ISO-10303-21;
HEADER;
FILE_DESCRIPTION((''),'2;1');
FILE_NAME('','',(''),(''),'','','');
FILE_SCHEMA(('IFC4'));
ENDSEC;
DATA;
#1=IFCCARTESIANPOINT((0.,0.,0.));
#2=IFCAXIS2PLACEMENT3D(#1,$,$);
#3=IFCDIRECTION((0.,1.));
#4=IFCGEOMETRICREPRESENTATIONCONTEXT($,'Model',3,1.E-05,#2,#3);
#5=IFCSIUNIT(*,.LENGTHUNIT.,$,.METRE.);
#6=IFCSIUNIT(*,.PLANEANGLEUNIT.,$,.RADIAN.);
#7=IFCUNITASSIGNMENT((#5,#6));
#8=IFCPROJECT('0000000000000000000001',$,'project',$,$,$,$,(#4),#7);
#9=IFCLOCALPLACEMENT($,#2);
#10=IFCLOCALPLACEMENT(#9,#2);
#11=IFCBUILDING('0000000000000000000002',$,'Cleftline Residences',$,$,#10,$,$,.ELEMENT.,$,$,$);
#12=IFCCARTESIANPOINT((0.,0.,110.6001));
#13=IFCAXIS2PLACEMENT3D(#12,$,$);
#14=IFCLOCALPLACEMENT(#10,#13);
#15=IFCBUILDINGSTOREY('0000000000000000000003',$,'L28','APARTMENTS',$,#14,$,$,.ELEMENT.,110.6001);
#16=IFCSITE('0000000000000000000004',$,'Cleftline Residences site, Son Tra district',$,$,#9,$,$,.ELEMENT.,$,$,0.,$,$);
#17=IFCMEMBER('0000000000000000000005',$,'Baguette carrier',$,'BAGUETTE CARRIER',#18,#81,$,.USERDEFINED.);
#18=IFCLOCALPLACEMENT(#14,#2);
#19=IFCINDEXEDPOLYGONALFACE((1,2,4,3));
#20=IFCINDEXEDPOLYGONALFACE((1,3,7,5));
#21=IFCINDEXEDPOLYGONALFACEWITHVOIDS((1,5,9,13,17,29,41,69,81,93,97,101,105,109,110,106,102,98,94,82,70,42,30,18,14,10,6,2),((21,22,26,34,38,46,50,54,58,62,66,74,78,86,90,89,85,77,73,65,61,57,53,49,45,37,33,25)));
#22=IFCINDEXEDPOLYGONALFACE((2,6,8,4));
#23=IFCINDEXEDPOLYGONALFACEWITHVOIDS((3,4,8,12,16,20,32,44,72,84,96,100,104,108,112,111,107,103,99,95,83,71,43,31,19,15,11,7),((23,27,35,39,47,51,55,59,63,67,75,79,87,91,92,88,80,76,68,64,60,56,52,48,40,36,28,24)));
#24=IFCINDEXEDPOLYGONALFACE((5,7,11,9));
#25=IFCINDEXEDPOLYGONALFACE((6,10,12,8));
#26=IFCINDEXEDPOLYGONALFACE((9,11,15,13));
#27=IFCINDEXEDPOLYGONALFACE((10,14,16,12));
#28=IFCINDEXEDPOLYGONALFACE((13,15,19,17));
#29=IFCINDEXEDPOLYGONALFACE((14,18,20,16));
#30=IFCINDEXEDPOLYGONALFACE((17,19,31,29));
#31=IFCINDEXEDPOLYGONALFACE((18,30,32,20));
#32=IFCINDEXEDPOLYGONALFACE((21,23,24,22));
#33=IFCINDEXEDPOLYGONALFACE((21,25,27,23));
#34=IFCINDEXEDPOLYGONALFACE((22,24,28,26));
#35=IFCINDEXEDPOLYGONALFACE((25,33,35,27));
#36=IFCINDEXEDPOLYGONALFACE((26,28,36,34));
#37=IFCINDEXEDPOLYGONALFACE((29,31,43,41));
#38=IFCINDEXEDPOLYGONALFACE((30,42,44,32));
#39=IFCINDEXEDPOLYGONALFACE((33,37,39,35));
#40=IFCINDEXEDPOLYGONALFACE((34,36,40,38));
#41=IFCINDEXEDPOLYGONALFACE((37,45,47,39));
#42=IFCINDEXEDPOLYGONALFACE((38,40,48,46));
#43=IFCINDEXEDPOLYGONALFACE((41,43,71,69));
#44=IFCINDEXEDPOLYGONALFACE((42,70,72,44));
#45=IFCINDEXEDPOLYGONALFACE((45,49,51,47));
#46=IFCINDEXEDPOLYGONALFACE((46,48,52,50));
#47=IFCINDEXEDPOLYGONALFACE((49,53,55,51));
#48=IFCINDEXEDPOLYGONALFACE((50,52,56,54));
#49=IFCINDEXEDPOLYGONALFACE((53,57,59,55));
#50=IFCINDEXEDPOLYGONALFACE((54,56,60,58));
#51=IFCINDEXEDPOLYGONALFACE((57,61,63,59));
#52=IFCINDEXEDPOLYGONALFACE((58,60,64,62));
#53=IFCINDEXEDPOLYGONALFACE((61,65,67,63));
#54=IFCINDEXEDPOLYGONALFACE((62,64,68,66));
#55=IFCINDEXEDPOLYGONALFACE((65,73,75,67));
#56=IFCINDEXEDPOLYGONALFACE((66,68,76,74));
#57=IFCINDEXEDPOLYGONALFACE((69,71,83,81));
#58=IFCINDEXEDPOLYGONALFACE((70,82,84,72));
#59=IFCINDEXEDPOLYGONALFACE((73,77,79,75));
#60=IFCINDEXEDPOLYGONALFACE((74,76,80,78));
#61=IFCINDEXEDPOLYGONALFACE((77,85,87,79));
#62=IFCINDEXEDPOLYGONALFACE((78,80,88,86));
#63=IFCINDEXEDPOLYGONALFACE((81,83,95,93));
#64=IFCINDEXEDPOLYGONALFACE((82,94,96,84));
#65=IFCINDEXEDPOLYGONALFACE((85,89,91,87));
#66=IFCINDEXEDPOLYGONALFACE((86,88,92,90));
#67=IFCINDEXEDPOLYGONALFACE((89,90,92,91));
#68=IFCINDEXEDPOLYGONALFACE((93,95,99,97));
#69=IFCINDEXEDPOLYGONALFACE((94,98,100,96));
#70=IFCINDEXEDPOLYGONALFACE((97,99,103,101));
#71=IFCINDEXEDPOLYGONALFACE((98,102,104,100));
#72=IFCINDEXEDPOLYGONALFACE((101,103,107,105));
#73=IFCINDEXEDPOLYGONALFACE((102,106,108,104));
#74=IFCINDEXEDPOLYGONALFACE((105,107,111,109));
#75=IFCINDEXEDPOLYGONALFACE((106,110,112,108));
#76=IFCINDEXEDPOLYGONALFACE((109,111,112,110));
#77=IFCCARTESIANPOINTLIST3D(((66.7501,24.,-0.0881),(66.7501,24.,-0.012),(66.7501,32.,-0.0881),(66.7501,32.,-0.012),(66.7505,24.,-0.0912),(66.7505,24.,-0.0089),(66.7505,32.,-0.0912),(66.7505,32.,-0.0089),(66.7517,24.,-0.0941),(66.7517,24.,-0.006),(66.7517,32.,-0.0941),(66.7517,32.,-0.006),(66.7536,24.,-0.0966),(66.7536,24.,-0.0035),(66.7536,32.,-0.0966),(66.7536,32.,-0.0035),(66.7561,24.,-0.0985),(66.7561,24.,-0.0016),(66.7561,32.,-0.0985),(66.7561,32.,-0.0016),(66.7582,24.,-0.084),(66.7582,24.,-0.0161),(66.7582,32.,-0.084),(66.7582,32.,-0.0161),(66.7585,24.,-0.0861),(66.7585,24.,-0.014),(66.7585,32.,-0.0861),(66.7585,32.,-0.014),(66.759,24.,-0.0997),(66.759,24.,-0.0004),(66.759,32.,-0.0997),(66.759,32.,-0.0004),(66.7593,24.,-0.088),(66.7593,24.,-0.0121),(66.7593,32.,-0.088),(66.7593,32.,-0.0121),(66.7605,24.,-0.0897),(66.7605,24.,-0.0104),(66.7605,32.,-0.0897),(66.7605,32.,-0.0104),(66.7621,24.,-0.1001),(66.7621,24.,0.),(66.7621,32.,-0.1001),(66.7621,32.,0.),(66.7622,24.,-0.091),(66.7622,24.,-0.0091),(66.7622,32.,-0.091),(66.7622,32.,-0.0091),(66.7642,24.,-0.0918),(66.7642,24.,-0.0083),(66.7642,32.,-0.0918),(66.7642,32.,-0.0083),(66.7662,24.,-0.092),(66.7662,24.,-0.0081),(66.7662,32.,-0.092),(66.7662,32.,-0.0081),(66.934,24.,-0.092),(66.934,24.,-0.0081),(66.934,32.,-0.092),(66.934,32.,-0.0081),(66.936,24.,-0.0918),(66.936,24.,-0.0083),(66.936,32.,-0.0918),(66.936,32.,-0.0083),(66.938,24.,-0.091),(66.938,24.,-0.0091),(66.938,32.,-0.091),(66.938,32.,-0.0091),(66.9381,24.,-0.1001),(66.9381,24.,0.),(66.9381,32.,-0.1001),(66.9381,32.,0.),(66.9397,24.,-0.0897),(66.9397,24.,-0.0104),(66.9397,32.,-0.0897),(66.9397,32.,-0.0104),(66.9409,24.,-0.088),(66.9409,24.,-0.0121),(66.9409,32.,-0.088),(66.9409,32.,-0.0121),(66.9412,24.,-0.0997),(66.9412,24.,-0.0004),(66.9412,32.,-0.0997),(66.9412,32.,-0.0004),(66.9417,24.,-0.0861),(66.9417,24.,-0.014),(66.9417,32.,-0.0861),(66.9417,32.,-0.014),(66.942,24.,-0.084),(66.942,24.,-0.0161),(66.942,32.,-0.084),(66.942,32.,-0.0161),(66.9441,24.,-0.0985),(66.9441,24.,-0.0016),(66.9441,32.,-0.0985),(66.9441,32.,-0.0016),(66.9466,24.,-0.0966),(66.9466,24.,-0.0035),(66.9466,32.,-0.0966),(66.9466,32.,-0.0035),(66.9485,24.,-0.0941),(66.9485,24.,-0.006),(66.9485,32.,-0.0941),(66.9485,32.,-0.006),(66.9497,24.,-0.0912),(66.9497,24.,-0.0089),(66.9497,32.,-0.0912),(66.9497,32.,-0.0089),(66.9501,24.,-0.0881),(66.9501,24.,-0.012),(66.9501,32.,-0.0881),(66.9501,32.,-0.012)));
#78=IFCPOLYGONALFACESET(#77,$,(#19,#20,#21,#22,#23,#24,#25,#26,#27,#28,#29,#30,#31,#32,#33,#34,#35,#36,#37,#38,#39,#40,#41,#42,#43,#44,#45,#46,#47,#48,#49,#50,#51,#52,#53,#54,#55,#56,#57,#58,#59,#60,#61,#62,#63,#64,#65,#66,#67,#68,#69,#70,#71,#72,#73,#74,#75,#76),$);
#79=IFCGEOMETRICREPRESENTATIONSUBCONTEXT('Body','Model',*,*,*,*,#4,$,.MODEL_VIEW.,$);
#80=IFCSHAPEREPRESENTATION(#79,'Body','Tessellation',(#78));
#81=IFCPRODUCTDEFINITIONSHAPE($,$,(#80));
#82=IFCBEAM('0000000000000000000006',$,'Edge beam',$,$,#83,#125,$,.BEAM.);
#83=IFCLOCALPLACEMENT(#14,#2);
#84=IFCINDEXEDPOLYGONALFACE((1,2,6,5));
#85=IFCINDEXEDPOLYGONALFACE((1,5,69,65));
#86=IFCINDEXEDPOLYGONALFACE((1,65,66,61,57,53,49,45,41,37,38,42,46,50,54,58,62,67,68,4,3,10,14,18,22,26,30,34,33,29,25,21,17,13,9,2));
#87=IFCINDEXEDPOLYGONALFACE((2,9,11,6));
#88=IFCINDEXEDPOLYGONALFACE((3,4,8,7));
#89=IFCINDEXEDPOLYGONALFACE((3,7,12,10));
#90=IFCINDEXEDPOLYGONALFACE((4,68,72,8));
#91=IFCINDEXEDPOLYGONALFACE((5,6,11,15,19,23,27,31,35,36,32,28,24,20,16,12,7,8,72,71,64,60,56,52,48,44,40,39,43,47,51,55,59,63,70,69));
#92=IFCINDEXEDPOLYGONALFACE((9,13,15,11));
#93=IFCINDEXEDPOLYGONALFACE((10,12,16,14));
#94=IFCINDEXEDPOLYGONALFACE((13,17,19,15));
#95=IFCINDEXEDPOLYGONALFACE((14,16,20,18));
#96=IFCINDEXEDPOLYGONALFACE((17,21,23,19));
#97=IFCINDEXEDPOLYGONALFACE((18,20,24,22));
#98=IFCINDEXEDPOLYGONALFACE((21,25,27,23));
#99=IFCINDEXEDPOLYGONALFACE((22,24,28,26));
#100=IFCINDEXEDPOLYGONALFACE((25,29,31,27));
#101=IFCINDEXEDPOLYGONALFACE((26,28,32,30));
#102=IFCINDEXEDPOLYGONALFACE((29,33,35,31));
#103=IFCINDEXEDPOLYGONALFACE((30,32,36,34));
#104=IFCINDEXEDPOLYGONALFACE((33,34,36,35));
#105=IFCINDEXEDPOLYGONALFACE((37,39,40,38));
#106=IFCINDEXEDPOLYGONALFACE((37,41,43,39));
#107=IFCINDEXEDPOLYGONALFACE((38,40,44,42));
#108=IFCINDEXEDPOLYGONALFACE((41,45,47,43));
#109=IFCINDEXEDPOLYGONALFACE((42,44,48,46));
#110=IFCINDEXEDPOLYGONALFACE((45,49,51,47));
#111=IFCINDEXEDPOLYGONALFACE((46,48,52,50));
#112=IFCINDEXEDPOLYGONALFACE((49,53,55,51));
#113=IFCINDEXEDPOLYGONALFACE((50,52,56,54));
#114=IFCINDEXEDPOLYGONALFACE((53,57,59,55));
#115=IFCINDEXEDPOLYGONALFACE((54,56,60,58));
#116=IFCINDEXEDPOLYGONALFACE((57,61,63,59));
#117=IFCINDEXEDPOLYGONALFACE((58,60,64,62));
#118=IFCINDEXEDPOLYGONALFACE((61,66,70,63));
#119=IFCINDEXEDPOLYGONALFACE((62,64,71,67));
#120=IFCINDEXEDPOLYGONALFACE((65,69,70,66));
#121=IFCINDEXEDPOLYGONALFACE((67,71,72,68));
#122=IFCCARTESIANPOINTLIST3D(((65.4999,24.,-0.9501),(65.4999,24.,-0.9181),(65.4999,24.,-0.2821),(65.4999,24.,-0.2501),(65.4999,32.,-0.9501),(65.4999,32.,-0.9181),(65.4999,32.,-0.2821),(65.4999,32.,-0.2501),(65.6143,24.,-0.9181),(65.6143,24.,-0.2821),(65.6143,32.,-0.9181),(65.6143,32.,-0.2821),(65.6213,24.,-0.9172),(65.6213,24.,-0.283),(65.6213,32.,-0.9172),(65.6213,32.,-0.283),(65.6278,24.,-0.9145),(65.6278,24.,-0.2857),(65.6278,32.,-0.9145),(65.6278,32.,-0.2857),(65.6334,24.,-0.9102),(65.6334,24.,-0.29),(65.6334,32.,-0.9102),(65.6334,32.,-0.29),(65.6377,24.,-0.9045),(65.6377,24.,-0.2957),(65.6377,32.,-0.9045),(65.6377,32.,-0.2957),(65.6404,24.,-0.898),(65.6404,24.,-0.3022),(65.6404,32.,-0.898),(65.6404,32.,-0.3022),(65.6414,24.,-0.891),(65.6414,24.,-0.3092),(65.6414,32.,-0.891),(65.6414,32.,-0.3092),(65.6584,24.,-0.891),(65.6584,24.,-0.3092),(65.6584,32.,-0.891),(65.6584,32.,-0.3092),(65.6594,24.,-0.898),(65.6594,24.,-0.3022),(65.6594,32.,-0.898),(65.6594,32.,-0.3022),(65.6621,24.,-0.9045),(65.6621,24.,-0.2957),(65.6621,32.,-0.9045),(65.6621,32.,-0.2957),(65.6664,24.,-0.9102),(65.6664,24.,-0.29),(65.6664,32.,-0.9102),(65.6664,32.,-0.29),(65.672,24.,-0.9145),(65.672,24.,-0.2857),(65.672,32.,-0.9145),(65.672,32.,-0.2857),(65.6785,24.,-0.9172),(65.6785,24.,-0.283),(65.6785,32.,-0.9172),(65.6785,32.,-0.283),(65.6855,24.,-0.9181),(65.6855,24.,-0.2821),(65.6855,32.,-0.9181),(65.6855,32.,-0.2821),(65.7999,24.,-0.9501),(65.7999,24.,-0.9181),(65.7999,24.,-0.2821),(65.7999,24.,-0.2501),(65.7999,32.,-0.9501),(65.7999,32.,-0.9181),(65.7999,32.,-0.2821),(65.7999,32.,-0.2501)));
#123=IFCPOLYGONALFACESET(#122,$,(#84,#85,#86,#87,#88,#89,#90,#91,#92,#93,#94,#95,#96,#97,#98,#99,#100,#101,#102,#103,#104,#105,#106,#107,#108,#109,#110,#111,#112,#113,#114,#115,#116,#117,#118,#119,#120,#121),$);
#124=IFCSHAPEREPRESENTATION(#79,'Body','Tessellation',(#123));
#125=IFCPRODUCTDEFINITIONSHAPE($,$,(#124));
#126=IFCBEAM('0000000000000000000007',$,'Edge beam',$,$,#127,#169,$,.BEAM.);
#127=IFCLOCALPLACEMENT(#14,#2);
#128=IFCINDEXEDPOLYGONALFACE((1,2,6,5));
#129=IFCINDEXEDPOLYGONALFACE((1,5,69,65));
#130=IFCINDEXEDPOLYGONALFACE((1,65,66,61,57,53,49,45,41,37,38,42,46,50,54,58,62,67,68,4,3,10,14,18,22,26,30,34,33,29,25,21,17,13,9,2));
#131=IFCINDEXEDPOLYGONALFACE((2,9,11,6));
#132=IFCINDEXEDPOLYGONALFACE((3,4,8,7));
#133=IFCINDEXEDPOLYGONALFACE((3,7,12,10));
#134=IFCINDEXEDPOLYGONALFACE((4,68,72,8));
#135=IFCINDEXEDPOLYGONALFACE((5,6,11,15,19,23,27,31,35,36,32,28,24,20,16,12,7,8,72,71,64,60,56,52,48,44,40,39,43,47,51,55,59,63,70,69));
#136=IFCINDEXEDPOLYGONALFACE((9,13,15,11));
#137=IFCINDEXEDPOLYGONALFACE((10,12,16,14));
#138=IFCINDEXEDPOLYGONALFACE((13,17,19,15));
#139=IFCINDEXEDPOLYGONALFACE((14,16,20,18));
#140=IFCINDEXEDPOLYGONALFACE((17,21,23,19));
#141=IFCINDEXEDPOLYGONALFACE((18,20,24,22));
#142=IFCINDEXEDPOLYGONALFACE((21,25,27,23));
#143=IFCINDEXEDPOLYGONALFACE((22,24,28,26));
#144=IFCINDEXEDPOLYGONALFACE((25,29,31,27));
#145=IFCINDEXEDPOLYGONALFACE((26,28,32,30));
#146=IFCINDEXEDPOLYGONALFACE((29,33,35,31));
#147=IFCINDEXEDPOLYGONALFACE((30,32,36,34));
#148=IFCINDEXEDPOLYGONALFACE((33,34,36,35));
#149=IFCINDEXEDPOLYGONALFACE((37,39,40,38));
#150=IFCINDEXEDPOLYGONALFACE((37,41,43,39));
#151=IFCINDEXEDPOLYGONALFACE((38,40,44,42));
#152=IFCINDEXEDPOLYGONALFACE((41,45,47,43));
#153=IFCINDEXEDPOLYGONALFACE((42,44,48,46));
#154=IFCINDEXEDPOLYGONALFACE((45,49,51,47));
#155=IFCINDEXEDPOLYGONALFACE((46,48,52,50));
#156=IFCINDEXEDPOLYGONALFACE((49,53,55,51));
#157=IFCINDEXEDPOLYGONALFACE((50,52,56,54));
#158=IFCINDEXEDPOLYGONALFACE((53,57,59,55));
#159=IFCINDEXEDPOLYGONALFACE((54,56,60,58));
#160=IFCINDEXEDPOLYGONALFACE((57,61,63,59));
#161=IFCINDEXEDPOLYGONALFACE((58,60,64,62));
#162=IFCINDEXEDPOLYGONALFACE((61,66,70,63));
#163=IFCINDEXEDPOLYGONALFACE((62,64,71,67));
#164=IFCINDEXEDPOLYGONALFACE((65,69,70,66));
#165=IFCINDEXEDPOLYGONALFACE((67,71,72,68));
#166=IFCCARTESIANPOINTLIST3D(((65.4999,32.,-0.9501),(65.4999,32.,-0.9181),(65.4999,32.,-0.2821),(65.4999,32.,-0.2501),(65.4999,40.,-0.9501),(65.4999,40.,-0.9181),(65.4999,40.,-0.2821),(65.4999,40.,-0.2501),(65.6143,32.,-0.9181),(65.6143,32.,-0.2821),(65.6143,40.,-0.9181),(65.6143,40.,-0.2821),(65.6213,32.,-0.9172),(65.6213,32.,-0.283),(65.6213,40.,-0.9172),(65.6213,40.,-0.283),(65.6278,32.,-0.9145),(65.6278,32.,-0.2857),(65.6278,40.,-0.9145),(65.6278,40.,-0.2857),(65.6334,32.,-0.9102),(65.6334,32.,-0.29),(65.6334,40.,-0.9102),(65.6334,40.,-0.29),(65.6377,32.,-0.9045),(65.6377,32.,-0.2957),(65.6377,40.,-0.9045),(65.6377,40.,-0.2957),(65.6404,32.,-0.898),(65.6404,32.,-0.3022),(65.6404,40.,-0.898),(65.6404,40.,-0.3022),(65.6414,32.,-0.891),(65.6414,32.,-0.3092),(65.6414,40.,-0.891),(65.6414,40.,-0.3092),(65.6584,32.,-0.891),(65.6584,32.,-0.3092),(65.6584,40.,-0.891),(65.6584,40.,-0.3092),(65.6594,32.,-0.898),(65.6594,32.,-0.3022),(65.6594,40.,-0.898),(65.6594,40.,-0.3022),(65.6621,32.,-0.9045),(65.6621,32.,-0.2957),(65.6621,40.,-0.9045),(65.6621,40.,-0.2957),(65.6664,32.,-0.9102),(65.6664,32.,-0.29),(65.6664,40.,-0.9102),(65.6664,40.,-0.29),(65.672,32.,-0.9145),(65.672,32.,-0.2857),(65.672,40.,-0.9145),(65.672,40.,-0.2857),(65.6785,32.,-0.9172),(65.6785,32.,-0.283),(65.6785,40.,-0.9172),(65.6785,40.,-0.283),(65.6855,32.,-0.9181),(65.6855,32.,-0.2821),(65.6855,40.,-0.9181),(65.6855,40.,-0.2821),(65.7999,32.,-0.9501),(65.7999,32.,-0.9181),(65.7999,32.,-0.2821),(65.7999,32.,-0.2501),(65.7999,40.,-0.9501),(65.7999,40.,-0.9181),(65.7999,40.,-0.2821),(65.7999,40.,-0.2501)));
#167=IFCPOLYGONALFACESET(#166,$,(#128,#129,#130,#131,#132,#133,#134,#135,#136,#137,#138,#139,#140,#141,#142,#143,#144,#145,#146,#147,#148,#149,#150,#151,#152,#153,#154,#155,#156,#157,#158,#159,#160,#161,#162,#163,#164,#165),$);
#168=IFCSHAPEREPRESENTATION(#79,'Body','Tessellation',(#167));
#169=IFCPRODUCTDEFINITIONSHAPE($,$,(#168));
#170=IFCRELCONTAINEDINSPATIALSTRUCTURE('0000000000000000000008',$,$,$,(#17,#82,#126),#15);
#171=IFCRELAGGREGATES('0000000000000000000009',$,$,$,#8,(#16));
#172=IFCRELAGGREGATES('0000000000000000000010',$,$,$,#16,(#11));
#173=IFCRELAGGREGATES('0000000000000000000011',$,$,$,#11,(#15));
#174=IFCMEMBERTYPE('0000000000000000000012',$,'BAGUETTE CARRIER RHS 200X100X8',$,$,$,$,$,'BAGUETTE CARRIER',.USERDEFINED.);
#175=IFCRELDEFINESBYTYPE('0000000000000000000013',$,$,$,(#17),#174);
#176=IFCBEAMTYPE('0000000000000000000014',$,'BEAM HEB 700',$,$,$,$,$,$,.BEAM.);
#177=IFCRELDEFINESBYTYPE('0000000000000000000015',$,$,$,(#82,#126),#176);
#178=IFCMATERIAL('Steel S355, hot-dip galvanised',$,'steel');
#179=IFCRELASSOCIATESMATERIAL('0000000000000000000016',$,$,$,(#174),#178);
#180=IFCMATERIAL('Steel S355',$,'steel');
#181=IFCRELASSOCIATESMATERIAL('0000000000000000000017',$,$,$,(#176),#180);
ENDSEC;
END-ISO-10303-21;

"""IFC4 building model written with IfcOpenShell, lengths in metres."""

from ifc_helpers import new_model, si_unit, direction, frame, origin, origin_2d, place, context, subcontext, project, spatial, hollow_rectangle, i_section, extrude, material, material_profile, profile_set, type_object, element, save


model = new_model("IFC4")

# Units and contexts
model_context = context("Model", 3, precision=1e-05, world=origin(), true_north=direction((0.0, 1.0)))
body_context = subcontext(model_context, "Body", "Model", "MODEL_VIEW")
ifc_project = project(units=[si_unit("LENGTHUNIT", "METRE"), si_unit("PLANEANGLEUNIT", "RADIAN")], contexts=[model_context])

# Site, building, storey
site_placement = place(None, origin())
site = spatial("IfcSite", under=ifc_project, at=site_placement, Name="Cleftline Residences site, Son Tra district", CompositionType="ELEMENT", RefElevation=0.0)
building_placement = place(site_placement, origin())
building = spatial("IfcBuilding", under=site, at=building_placement, Name="Cleftline Residences", CompositionType="ELEMENT")
storey_placement = place(building_placement, frame((0.0, 0.0, 110.6001)))
storey = spatial("IfcBuildingStorey", under=building, at=storey_placement, Name="L28", Description="APARTMENTS", CompositionType="ELEMENT", Elevation=110.6001)

# Member
ifc_material_1 = material(Name="Steel S355, hot-dip galvanised", Category="steel")
ifc_material_profile_1 = material_profile(ifc_material_1, hollow_rectangle(XDim=0.1001, YDim=0.2, WallThickness=0.0081, InnerFilletRadius=0.0081, OuterFilletRadius=0.012, at=origin_2d()))
ifc_profile_set_1 = profile_set([ifc_material_profile_1], Name="Steel S355, hot-dip galvanised")
member_type_1 = type_object("IfcMemberType", Name="BAGUETTE CARRIER RHS 200X100X8", ElementType="BAGUETTE CARRIER", PredefinedType="USERDEFINED", material=ifc_profile_set_1)
member_1_placement = place(storey_placement, frame((66.8501, 24.0, -0.05), z_axis=(0.0, 1.0, 0.0), x_axis=(0.0, 0.0, 1.0)))
element("IfcMember", 1, at=member_1_placement, inside=storey, type_object=member_type_1, Name="Baguette carrier", ObjectType="BAGUETTE CARRIER", PredefinedType="USERDEFINED", context=body_context, shape_type="SweptSolid", body=[
    extrude(hollow_rectangle(XDim=0.1001, YDim=0.2, WallThickness=0.0081, InnerFilletRadius=0.0081, OuterFilletRadius=0.012, at=origin_2d()), origin(), (0.0, 0.0, 1.0), 8.0),
])

# Beams
ifc_material_2 = material(Name="Steel S355", Category="steel")
ifc_material_profile_2 = material_profile(ifc_material_2, i_section(OverallWidth=0.3, OverallDepth=0.7, WebThickness=0.0171, FlangeThickness=0.032, FilletRadius=0.0271, at=origin_2d()))
ifc_profile_set_2 = profile_set([ifc_material_profile_2], Name="Steel S355")
beam_type_1 = type_object("IfcBeamType", Name="BEAM HEB 700", PredefinedType="BEAM", material=ifc_profile_set_2)
for number, where, z_axis, x_axis, name in (
    (2, (65.6499, 24.0, -0.6001), (0.0, 1.0, 0.0), (-1.0, 0.0, 0.0), "Edge beam"),
    (3, (65.6499, 32.0, -0.6001), (0.0, 1.0, 0.0), (-1.0, 0.0, 0.0), "Edge beam"),
):
    element("IfcBeam", number, at=place(storey_placement, frame(where, z_axis=z_axis, x_axis=x_axis)), inside=storey, type_object=beam_type_1, Name=name, PredefinedType="BEAM", context=body_context, shape_type="SweptSolid", body=[
        extrude(i_section(OverallWidth=0.3, OverallDepth=0.7, WebThickness=0.0171, FlangeThickness=0.032, FilletRadius=0.0271, at=origin_2d()), origin(), (0.0, 0.0, 1.0), 8.0),
    ])

save(model, "model.ifc")
